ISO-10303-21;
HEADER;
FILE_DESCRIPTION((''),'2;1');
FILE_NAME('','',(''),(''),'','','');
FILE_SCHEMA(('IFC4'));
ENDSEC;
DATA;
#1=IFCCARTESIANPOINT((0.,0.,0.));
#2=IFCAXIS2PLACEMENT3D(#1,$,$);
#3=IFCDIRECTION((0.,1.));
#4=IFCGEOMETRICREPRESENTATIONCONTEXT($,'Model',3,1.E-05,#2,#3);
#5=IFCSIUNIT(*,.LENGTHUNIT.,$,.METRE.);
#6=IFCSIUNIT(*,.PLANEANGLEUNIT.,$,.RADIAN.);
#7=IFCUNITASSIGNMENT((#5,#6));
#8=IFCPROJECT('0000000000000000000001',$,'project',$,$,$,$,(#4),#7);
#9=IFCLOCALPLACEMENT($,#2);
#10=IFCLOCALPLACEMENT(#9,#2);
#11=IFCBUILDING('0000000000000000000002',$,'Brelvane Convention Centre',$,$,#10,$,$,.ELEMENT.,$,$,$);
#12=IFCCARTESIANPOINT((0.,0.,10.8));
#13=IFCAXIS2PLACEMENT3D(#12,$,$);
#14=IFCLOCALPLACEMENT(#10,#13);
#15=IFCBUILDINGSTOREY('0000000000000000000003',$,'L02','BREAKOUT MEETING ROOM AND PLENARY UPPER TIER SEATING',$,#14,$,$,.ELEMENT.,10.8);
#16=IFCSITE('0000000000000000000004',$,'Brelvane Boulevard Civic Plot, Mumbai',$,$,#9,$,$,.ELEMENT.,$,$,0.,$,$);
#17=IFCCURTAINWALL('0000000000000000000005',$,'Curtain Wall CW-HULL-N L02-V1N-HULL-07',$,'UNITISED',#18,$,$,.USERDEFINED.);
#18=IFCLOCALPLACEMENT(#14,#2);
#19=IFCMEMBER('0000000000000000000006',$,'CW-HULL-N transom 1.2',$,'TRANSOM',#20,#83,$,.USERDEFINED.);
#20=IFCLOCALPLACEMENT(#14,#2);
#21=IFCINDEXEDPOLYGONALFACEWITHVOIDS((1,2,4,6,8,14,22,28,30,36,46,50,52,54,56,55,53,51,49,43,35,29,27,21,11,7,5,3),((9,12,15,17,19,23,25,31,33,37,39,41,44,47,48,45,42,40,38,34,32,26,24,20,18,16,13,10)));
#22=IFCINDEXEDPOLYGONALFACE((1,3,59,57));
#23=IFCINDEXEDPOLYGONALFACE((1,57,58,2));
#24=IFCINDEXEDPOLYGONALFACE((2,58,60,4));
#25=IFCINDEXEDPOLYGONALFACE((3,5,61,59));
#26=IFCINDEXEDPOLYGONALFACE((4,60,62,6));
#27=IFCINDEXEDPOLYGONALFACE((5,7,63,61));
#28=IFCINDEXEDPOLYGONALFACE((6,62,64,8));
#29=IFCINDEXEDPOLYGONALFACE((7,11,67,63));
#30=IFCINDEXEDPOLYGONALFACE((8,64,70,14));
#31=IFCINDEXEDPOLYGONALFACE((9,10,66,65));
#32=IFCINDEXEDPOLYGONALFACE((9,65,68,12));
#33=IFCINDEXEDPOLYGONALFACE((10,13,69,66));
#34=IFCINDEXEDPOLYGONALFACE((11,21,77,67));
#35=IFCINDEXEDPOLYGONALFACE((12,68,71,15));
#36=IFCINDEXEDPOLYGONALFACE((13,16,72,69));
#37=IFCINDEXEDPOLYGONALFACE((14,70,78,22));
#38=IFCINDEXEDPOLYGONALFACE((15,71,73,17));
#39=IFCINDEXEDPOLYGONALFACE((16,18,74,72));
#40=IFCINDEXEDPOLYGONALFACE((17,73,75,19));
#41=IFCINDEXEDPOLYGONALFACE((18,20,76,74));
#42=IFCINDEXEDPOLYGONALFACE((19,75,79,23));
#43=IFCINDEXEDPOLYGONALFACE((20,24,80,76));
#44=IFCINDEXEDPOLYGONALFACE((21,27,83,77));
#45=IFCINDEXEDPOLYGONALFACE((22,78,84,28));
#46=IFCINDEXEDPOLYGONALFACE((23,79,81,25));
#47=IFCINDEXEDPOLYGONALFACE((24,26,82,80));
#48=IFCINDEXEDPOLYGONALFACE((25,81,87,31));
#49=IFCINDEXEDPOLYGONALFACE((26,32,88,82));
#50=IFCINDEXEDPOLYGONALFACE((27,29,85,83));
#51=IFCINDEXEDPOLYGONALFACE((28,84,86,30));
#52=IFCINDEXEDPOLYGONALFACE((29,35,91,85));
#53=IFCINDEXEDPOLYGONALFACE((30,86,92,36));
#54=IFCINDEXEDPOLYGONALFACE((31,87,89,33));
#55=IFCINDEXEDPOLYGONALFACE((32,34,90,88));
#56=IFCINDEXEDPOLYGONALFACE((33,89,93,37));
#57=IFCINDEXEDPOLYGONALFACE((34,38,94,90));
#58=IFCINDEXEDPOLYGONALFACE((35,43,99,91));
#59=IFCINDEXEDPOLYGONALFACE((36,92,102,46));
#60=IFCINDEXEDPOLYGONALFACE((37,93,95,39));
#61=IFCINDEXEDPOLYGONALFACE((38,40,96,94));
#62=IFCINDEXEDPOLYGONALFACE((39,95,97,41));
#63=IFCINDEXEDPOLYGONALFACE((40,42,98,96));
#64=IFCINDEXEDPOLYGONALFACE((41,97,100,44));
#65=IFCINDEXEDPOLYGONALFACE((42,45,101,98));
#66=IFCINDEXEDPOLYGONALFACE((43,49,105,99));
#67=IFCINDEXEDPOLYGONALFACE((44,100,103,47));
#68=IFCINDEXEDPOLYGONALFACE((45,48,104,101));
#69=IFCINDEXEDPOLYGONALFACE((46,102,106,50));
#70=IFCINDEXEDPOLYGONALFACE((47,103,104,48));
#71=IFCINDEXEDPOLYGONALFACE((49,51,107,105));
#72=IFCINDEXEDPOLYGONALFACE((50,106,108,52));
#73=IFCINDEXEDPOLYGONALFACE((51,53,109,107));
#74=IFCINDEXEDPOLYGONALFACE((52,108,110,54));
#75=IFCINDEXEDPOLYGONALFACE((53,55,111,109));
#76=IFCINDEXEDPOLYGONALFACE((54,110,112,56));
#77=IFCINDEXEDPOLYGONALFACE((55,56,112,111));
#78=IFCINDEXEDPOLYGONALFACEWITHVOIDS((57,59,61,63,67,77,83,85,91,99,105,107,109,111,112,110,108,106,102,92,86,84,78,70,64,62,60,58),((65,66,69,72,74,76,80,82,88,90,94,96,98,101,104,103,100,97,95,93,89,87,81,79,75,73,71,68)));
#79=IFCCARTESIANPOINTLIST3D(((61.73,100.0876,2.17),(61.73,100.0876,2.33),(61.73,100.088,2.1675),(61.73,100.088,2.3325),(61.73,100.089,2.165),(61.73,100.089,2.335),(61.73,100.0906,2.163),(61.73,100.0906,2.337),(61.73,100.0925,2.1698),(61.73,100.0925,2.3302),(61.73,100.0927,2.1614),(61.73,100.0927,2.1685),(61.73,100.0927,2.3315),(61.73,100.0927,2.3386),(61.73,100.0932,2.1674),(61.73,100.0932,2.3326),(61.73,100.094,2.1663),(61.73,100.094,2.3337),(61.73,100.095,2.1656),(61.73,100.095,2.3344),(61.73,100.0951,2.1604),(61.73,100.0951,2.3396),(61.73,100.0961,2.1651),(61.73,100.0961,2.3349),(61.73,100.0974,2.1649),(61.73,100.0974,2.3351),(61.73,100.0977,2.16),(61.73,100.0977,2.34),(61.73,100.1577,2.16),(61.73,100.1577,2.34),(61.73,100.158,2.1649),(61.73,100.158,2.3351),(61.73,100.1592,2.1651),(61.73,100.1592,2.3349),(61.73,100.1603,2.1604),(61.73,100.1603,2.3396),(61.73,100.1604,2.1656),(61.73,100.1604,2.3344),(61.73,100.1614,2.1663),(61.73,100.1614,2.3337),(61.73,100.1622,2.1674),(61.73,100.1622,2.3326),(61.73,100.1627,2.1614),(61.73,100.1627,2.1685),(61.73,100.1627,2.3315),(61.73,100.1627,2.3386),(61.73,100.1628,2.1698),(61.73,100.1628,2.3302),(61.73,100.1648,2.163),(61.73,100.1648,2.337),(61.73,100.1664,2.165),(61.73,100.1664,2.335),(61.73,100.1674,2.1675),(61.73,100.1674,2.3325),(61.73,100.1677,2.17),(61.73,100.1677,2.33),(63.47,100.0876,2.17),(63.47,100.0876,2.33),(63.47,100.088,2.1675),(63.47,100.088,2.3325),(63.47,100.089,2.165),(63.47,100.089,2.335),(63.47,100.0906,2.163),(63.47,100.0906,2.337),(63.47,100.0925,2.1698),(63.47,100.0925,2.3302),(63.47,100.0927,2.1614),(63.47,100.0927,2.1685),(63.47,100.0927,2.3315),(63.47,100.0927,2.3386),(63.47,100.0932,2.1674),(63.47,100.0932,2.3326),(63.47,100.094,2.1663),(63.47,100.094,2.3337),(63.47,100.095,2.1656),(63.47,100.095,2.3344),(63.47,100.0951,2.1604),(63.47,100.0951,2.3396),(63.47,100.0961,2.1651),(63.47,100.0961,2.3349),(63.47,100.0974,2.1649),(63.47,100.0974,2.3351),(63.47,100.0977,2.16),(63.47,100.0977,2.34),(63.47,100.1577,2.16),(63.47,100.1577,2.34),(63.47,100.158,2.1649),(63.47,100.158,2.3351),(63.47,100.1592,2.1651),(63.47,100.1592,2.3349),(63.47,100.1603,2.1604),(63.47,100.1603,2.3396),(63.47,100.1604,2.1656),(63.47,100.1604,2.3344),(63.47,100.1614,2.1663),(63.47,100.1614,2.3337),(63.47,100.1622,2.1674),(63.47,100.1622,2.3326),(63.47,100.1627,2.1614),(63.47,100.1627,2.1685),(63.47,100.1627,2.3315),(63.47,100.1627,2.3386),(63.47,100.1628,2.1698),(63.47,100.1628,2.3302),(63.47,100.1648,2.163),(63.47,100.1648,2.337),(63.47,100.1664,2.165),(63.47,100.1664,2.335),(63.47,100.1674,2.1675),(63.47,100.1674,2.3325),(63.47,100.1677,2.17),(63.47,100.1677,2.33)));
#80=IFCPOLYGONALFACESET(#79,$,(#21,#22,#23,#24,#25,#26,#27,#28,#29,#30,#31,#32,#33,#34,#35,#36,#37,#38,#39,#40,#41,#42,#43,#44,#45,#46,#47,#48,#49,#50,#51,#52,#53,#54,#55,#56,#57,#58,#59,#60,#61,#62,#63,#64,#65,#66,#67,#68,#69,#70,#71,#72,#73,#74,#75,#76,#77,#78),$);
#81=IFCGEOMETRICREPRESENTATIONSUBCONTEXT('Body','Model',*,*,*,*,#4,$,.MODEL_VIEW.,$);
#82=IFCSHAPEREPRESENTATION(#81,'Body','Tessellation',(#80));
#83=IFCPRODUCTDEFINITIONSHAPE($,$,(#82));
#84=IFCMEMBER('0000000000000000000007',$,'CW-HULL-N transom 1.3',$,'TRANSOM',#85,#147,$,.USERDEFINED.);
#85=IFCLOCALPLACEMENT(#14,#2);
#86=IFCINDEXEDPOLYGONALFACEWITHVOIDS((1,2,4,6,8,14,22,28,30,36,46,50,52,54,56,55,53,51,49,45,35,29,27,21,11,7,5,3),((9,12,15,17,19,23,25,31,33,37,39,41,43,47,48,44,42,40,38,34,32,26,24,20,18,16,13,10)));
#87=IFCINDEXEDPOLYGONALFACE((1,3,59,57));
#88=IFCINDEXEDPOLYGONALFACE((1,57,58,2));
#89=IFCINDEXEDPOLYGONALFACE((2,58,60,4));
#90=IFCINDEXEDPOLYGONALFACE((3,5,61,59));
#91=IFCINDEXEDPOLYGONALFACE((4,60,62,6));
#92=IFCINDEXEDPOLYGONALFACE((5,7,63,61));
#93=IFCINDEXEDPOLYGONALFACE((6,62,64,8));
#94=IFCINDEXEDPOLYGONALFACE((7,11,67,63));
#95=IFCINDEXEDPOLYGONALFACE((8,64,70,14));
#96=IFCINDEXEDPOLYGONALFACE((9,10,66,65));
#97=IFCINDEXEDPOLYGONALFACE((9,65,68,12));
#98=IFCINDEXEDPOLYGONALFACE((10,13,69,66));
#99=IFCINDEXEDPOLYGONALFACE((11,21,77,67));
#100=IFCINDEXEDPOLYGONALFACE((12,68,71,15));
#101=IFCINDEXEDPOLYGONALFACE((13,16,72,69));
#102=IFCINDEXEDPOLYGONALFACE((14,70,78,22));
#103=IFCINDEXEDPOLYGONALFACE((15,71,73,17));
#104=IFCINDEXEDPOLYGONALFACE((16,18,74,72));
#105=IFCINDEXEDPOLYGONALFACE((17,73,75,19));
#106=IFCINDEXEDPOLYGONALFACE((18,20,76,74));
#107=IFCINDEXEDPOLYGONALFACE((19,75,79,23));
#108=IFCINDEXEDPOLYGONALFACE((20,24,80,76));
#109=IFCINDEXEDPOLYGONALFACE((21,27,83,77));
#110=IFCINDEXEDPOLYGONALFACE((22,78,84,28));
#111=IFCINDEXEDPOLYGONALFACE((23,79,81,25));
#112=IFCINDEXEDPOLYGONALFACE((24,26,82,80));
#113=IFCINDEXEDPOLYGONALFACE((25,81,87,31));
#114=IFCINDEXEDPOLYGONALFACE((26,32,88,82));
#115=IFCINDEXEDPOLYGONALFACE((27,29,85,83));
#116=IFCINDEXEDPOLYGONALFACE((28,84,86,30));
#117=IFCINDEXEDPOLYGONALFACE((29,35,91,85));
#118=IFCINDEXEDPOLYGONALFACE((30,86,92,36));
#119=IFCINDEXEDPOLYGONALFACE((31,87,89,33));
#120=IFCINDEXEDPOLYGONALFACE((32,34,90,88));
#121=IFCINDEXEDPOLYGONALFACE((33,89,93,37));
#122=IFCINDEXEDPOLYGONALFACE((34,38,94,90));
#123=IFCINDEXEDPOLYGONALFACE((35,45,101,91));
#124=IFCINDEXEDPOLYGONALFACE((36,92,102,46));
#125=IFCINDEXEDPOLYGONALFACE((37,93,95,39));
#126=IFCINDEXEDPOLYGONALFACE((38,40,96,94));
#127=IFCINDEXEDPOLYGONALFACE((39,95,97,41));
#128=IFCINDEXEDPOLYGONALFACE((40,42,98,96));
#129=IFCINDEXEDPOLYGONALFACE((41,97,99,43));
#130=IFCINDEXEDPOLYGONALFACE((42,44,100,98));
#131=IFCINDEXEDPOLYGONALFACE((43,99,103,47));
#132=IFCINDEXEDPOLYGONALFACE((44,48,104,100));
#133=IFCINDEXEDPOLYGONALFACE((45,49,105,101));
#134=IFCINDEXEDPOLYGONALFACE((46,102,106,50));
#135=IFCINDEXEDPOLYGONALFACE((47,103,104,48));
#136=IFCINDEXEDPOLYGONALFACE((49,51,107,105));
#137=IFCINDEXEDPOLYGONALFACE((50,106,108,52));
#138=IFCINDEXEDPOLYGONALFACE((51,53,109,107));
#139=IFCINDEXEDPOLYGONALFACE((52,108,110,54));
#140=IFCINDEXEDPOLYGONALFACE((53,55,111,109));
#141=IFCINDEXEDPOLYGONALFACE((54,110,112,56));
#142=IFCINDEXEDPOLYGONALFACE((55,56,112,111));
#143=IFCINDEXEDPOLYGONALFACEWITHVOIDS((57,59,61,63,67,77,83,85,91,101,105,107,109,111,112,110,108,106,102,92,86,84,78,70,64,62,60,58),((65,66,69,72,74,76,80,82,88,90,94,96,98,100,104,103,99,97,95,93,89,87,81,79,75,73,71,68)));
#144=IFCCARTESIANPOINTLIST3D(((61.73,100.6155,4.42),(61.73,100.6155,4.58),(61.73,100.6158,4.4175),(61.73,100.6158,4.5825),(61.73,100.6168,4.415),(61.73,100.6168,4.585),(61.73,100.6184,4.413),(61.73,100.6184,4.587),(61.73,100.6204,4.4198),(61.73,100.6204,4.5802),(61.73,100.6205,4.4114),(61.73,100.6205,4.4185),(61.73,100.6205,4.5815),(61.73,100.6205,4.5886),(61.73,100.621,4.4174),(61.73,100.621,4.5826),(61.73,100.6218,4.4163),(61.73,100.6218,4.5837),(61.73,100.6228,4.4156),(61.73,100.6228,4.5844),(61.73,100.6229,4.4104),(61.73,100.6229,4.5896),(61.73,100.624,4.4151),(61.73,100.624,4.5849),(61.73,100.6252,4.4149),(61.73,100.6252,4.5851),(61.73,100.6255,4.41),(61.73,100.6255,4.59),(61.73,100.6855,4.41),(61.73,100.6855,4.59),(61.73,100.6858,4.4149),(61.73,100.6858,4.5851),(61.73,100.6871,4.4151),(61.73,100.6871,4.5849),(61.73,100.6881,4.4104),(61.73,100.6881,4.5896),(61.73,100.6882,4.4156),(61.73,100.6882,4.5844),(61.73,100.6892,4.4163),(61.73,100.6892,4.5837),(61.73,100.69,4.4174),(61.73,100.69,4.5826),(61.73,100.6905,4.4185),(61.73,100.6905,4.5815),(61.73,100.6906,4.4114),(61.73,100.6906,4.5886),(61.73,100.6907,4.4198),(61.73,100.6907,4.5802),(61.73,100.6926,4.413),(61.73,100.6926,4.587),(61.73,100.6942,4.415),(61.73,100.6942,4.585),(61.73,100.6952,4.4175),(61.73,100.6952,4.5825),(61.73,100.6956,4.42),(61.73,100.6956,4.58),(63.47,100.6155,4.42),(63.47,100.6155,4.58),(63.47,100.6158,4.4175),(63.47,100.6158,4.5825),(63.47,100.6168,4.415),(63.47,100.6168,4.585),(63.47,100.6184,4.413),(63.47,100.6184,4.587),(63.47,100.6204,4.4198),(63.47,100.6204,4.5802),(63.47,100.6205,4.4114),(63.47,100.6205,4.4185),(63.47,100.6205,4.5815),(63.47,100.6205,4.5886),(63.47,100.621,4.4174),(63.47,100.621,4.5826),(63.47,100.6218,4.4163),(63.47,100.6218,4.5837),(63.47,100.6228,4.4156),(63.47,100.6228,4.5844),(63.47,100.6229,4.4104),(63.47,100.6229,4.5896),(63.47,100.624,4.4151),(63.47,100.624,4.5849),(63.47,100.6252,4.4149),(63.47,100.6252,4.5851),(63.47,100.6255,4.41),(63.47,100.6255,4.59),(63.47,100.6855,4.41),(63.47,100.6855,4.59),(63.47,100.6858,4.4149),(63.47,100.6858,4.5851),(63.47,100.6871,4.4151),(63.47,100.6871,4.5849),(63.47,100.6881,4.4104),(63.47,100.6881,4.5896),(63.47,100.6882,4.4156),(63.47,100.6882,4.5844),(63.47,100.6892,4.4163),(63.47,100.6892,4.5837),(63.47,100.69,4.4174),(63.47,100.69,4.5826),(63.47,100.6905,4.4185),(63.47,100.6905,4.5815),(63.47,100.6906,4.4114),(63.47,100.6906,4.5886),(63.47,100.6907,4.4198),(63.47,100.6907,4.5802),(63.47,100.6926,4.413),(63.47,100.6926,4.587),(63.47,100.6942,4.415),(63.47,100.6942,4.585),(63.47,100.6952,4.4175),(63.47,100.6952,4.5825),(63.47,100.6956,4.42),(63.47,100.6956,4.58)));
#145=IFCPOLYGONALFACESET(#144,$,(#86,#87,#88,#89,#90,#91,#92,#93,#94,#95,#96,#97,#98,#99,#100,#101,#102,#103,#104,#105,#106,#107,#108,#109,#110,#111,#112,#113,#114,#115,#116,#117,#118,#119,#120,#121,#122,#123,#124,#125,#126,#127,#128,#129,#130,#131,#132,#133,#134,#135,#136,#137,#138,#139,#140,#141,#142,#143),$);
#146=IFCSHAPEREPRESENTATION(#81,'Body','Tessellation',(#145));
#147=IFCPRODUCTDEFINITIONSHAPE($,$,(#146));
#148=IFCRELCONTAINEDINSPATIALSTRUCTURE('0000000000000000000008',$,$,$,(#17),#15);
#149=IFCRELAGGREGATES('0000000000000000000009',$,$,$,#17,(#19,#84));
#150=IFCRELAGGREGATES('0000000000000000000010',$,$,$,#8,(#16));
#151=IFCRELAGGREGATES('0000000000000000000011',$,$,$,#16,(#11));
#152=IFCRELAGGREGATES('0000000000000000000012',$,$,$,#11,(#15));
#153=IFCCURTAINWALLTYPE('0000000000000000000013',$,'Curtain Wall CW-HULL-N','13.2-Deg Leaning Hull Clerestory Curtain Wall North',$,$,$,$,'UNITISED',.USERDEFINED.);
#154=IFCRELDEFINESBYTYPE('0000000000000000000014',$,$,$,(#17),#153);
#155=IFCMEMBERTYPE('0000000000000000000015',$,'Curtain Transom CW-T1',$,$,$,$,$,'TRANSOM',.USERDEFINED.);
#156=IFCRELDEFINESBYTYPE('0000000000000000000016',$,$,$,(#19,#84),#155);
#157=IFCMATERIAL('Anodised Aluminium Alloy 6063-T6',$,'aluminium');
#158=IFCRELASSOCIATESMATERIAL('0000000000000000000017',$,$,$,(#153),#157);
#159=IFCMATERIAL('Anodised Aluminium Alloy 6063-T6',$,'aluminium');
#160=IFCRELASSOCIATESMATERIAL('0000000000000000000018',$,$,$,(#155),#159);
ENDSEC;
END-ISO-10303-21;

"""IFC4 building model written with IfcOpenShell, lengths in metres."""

from ifc_helpers import new_model, si_unit, direction, frame, origin, origin_2d, place, context, subcontext, project, spatial, hollow_rectangle, extrude, material, material_profile, profile_set, type_object, element, aggregate, save


model = new_model("IFC4")

# Units and contexts
model_context = context("Model", 3, precision=1e-05, world=origin(), true_north=direction((0.0, 1.0)))
body_context = subcontext(model_context, "Body", "Model", "MODEL_VIEW")
ifc_project = project(units=[si_unit("LENGTHUNIT", "METRE"), si_unit("PLANEANGLEUNIT", "RADIAN")], contexts=[model_context])

# Site, building, storey
site_placement = place(None, origin())
site = spatial("IfcSite", under=ifc_project, at=site_placement, Name="Brelvane Boulevard Civic Plot, Mumbai", CompositionType="ELEMENT", RefElevation=0.0)
building_placement = place(site_placement, origin())
building = spatial("IfcBuilding", under=site, at=building_placement, Name="Brelvane Convention Centre", CompositionType="ELEMENT")
storey_placement = place(building_placement, frame((0.0, 0.0, 10.8)))
storey = spatial("IfcBuildingStorey", under=building, at=storey_placement, Name="L02", Description="BREAKOUT MEETING ROOM AND PLENARY UPPER TIER SEATING", CompositionType="ELEMENT", Elevation=10.8)

# Shared definitions
ifc_material_1 = material(Name="Anodised Aluminium Alloy 6063-T6", Category="aluminium")
curtain_wall_type_1 = type_object("IfcCurtainWallType", Name="Curtain Wall CW-HULL-N", Description="13.2-Deg Leaning Hull Clerestory Curtain Wall North", ElementType="UNITISED", PredefinedType="USERDEFINED", material=ifc_material_1)

# Curtain wall
curtain_wall_1_placement = place(storey_placement, origin())
curtain_wall_1 = element("IfcCurtainWall", 1, at=curtain_wall_1_placement, inside=storey, type_object=curtain_wall_type_1, Name="Curtain Wall CW-HULL-N L02-V1N-HULL-07", ObjectType="UNITISED", PredefinedType="USERDEFINED")

# Members
ifc_material_2 = material(Name="Anodised Aluminium Alloy 6063-T6", Category="aluminium")
ifc_material_profile_1 = material_profile(ifc_material_2, hollow_rectangle(XDim=0.0801, YDim=0.1799, WallThickness=0.0049, InnerFilletRadius=0.0049, OuterFilletRadius=0.01, at=origin_2d()), Name="ALU-T 180x80x5.0")
ifc_profile_set_1 = profile_set([ifc_material_profile_1], Name="Anodised Aluminium Alloy 6063-T6")
member_type_1 = type_object("IfcMemberType", Name="Curtain Transom CW-T1", ElementType="TRANSOM", PredefinedType="USERDEFINED", material=ifc_profile_set_1)
member_1_placement = place(storey_placement, frame((61.73, 100.1277, 2.25), z_axis=(1.0, 0.0, 0.0), x_axis=(0.0, 1.0, 0.0)))
member_1 = element("IfcMember", 2, at=member_1_placement, type_object=member_type_1, Name="CW-HULL-N transom 1.2", ObjectType="TRANSOM", PredefinedType="USERDEFINED", context=body_context, shape_type="SweptSolid", body=[
    extrude(hollow_rectangle(XDim=0.0801, YDim=0.1799, WallThickness=0.0049, InnerFilletRadius=0.0049, OuterFilletRadius=0.01, at=origin_2d()), origin(), (0.0, 0.0, 1.0), 1.74),
])
member_2_placement = place(storey_placement, frame((61.73, 100.6555, 4.5), z_axis=(1.0, 0.0, 0.0), x_axis=(0.0, 1.0, 0.0)))
member_2 = element("IfcMember", 3, at=member_2_placement, type_object=member_type_1, Name="CW-HULL-N transom 1.3", ObjectType="TRANSOM", PredefinedType="USERDEFINED", context=body_context, shape_type="SweptSolid", body=[
    extrude(hollow_rectangle(XDim=0.0801, YDim=0.1799, WallThickness=0.0049, InnerFilletRadius=0.0049, OuterFilletRadius=0.01, at=origin_2d()), origin(), (0.0, 0.0, 1.0), 1.74),
])

aggregate(curtain_wall_1, [member_1, member_2])

save(model, "model.ifc")
